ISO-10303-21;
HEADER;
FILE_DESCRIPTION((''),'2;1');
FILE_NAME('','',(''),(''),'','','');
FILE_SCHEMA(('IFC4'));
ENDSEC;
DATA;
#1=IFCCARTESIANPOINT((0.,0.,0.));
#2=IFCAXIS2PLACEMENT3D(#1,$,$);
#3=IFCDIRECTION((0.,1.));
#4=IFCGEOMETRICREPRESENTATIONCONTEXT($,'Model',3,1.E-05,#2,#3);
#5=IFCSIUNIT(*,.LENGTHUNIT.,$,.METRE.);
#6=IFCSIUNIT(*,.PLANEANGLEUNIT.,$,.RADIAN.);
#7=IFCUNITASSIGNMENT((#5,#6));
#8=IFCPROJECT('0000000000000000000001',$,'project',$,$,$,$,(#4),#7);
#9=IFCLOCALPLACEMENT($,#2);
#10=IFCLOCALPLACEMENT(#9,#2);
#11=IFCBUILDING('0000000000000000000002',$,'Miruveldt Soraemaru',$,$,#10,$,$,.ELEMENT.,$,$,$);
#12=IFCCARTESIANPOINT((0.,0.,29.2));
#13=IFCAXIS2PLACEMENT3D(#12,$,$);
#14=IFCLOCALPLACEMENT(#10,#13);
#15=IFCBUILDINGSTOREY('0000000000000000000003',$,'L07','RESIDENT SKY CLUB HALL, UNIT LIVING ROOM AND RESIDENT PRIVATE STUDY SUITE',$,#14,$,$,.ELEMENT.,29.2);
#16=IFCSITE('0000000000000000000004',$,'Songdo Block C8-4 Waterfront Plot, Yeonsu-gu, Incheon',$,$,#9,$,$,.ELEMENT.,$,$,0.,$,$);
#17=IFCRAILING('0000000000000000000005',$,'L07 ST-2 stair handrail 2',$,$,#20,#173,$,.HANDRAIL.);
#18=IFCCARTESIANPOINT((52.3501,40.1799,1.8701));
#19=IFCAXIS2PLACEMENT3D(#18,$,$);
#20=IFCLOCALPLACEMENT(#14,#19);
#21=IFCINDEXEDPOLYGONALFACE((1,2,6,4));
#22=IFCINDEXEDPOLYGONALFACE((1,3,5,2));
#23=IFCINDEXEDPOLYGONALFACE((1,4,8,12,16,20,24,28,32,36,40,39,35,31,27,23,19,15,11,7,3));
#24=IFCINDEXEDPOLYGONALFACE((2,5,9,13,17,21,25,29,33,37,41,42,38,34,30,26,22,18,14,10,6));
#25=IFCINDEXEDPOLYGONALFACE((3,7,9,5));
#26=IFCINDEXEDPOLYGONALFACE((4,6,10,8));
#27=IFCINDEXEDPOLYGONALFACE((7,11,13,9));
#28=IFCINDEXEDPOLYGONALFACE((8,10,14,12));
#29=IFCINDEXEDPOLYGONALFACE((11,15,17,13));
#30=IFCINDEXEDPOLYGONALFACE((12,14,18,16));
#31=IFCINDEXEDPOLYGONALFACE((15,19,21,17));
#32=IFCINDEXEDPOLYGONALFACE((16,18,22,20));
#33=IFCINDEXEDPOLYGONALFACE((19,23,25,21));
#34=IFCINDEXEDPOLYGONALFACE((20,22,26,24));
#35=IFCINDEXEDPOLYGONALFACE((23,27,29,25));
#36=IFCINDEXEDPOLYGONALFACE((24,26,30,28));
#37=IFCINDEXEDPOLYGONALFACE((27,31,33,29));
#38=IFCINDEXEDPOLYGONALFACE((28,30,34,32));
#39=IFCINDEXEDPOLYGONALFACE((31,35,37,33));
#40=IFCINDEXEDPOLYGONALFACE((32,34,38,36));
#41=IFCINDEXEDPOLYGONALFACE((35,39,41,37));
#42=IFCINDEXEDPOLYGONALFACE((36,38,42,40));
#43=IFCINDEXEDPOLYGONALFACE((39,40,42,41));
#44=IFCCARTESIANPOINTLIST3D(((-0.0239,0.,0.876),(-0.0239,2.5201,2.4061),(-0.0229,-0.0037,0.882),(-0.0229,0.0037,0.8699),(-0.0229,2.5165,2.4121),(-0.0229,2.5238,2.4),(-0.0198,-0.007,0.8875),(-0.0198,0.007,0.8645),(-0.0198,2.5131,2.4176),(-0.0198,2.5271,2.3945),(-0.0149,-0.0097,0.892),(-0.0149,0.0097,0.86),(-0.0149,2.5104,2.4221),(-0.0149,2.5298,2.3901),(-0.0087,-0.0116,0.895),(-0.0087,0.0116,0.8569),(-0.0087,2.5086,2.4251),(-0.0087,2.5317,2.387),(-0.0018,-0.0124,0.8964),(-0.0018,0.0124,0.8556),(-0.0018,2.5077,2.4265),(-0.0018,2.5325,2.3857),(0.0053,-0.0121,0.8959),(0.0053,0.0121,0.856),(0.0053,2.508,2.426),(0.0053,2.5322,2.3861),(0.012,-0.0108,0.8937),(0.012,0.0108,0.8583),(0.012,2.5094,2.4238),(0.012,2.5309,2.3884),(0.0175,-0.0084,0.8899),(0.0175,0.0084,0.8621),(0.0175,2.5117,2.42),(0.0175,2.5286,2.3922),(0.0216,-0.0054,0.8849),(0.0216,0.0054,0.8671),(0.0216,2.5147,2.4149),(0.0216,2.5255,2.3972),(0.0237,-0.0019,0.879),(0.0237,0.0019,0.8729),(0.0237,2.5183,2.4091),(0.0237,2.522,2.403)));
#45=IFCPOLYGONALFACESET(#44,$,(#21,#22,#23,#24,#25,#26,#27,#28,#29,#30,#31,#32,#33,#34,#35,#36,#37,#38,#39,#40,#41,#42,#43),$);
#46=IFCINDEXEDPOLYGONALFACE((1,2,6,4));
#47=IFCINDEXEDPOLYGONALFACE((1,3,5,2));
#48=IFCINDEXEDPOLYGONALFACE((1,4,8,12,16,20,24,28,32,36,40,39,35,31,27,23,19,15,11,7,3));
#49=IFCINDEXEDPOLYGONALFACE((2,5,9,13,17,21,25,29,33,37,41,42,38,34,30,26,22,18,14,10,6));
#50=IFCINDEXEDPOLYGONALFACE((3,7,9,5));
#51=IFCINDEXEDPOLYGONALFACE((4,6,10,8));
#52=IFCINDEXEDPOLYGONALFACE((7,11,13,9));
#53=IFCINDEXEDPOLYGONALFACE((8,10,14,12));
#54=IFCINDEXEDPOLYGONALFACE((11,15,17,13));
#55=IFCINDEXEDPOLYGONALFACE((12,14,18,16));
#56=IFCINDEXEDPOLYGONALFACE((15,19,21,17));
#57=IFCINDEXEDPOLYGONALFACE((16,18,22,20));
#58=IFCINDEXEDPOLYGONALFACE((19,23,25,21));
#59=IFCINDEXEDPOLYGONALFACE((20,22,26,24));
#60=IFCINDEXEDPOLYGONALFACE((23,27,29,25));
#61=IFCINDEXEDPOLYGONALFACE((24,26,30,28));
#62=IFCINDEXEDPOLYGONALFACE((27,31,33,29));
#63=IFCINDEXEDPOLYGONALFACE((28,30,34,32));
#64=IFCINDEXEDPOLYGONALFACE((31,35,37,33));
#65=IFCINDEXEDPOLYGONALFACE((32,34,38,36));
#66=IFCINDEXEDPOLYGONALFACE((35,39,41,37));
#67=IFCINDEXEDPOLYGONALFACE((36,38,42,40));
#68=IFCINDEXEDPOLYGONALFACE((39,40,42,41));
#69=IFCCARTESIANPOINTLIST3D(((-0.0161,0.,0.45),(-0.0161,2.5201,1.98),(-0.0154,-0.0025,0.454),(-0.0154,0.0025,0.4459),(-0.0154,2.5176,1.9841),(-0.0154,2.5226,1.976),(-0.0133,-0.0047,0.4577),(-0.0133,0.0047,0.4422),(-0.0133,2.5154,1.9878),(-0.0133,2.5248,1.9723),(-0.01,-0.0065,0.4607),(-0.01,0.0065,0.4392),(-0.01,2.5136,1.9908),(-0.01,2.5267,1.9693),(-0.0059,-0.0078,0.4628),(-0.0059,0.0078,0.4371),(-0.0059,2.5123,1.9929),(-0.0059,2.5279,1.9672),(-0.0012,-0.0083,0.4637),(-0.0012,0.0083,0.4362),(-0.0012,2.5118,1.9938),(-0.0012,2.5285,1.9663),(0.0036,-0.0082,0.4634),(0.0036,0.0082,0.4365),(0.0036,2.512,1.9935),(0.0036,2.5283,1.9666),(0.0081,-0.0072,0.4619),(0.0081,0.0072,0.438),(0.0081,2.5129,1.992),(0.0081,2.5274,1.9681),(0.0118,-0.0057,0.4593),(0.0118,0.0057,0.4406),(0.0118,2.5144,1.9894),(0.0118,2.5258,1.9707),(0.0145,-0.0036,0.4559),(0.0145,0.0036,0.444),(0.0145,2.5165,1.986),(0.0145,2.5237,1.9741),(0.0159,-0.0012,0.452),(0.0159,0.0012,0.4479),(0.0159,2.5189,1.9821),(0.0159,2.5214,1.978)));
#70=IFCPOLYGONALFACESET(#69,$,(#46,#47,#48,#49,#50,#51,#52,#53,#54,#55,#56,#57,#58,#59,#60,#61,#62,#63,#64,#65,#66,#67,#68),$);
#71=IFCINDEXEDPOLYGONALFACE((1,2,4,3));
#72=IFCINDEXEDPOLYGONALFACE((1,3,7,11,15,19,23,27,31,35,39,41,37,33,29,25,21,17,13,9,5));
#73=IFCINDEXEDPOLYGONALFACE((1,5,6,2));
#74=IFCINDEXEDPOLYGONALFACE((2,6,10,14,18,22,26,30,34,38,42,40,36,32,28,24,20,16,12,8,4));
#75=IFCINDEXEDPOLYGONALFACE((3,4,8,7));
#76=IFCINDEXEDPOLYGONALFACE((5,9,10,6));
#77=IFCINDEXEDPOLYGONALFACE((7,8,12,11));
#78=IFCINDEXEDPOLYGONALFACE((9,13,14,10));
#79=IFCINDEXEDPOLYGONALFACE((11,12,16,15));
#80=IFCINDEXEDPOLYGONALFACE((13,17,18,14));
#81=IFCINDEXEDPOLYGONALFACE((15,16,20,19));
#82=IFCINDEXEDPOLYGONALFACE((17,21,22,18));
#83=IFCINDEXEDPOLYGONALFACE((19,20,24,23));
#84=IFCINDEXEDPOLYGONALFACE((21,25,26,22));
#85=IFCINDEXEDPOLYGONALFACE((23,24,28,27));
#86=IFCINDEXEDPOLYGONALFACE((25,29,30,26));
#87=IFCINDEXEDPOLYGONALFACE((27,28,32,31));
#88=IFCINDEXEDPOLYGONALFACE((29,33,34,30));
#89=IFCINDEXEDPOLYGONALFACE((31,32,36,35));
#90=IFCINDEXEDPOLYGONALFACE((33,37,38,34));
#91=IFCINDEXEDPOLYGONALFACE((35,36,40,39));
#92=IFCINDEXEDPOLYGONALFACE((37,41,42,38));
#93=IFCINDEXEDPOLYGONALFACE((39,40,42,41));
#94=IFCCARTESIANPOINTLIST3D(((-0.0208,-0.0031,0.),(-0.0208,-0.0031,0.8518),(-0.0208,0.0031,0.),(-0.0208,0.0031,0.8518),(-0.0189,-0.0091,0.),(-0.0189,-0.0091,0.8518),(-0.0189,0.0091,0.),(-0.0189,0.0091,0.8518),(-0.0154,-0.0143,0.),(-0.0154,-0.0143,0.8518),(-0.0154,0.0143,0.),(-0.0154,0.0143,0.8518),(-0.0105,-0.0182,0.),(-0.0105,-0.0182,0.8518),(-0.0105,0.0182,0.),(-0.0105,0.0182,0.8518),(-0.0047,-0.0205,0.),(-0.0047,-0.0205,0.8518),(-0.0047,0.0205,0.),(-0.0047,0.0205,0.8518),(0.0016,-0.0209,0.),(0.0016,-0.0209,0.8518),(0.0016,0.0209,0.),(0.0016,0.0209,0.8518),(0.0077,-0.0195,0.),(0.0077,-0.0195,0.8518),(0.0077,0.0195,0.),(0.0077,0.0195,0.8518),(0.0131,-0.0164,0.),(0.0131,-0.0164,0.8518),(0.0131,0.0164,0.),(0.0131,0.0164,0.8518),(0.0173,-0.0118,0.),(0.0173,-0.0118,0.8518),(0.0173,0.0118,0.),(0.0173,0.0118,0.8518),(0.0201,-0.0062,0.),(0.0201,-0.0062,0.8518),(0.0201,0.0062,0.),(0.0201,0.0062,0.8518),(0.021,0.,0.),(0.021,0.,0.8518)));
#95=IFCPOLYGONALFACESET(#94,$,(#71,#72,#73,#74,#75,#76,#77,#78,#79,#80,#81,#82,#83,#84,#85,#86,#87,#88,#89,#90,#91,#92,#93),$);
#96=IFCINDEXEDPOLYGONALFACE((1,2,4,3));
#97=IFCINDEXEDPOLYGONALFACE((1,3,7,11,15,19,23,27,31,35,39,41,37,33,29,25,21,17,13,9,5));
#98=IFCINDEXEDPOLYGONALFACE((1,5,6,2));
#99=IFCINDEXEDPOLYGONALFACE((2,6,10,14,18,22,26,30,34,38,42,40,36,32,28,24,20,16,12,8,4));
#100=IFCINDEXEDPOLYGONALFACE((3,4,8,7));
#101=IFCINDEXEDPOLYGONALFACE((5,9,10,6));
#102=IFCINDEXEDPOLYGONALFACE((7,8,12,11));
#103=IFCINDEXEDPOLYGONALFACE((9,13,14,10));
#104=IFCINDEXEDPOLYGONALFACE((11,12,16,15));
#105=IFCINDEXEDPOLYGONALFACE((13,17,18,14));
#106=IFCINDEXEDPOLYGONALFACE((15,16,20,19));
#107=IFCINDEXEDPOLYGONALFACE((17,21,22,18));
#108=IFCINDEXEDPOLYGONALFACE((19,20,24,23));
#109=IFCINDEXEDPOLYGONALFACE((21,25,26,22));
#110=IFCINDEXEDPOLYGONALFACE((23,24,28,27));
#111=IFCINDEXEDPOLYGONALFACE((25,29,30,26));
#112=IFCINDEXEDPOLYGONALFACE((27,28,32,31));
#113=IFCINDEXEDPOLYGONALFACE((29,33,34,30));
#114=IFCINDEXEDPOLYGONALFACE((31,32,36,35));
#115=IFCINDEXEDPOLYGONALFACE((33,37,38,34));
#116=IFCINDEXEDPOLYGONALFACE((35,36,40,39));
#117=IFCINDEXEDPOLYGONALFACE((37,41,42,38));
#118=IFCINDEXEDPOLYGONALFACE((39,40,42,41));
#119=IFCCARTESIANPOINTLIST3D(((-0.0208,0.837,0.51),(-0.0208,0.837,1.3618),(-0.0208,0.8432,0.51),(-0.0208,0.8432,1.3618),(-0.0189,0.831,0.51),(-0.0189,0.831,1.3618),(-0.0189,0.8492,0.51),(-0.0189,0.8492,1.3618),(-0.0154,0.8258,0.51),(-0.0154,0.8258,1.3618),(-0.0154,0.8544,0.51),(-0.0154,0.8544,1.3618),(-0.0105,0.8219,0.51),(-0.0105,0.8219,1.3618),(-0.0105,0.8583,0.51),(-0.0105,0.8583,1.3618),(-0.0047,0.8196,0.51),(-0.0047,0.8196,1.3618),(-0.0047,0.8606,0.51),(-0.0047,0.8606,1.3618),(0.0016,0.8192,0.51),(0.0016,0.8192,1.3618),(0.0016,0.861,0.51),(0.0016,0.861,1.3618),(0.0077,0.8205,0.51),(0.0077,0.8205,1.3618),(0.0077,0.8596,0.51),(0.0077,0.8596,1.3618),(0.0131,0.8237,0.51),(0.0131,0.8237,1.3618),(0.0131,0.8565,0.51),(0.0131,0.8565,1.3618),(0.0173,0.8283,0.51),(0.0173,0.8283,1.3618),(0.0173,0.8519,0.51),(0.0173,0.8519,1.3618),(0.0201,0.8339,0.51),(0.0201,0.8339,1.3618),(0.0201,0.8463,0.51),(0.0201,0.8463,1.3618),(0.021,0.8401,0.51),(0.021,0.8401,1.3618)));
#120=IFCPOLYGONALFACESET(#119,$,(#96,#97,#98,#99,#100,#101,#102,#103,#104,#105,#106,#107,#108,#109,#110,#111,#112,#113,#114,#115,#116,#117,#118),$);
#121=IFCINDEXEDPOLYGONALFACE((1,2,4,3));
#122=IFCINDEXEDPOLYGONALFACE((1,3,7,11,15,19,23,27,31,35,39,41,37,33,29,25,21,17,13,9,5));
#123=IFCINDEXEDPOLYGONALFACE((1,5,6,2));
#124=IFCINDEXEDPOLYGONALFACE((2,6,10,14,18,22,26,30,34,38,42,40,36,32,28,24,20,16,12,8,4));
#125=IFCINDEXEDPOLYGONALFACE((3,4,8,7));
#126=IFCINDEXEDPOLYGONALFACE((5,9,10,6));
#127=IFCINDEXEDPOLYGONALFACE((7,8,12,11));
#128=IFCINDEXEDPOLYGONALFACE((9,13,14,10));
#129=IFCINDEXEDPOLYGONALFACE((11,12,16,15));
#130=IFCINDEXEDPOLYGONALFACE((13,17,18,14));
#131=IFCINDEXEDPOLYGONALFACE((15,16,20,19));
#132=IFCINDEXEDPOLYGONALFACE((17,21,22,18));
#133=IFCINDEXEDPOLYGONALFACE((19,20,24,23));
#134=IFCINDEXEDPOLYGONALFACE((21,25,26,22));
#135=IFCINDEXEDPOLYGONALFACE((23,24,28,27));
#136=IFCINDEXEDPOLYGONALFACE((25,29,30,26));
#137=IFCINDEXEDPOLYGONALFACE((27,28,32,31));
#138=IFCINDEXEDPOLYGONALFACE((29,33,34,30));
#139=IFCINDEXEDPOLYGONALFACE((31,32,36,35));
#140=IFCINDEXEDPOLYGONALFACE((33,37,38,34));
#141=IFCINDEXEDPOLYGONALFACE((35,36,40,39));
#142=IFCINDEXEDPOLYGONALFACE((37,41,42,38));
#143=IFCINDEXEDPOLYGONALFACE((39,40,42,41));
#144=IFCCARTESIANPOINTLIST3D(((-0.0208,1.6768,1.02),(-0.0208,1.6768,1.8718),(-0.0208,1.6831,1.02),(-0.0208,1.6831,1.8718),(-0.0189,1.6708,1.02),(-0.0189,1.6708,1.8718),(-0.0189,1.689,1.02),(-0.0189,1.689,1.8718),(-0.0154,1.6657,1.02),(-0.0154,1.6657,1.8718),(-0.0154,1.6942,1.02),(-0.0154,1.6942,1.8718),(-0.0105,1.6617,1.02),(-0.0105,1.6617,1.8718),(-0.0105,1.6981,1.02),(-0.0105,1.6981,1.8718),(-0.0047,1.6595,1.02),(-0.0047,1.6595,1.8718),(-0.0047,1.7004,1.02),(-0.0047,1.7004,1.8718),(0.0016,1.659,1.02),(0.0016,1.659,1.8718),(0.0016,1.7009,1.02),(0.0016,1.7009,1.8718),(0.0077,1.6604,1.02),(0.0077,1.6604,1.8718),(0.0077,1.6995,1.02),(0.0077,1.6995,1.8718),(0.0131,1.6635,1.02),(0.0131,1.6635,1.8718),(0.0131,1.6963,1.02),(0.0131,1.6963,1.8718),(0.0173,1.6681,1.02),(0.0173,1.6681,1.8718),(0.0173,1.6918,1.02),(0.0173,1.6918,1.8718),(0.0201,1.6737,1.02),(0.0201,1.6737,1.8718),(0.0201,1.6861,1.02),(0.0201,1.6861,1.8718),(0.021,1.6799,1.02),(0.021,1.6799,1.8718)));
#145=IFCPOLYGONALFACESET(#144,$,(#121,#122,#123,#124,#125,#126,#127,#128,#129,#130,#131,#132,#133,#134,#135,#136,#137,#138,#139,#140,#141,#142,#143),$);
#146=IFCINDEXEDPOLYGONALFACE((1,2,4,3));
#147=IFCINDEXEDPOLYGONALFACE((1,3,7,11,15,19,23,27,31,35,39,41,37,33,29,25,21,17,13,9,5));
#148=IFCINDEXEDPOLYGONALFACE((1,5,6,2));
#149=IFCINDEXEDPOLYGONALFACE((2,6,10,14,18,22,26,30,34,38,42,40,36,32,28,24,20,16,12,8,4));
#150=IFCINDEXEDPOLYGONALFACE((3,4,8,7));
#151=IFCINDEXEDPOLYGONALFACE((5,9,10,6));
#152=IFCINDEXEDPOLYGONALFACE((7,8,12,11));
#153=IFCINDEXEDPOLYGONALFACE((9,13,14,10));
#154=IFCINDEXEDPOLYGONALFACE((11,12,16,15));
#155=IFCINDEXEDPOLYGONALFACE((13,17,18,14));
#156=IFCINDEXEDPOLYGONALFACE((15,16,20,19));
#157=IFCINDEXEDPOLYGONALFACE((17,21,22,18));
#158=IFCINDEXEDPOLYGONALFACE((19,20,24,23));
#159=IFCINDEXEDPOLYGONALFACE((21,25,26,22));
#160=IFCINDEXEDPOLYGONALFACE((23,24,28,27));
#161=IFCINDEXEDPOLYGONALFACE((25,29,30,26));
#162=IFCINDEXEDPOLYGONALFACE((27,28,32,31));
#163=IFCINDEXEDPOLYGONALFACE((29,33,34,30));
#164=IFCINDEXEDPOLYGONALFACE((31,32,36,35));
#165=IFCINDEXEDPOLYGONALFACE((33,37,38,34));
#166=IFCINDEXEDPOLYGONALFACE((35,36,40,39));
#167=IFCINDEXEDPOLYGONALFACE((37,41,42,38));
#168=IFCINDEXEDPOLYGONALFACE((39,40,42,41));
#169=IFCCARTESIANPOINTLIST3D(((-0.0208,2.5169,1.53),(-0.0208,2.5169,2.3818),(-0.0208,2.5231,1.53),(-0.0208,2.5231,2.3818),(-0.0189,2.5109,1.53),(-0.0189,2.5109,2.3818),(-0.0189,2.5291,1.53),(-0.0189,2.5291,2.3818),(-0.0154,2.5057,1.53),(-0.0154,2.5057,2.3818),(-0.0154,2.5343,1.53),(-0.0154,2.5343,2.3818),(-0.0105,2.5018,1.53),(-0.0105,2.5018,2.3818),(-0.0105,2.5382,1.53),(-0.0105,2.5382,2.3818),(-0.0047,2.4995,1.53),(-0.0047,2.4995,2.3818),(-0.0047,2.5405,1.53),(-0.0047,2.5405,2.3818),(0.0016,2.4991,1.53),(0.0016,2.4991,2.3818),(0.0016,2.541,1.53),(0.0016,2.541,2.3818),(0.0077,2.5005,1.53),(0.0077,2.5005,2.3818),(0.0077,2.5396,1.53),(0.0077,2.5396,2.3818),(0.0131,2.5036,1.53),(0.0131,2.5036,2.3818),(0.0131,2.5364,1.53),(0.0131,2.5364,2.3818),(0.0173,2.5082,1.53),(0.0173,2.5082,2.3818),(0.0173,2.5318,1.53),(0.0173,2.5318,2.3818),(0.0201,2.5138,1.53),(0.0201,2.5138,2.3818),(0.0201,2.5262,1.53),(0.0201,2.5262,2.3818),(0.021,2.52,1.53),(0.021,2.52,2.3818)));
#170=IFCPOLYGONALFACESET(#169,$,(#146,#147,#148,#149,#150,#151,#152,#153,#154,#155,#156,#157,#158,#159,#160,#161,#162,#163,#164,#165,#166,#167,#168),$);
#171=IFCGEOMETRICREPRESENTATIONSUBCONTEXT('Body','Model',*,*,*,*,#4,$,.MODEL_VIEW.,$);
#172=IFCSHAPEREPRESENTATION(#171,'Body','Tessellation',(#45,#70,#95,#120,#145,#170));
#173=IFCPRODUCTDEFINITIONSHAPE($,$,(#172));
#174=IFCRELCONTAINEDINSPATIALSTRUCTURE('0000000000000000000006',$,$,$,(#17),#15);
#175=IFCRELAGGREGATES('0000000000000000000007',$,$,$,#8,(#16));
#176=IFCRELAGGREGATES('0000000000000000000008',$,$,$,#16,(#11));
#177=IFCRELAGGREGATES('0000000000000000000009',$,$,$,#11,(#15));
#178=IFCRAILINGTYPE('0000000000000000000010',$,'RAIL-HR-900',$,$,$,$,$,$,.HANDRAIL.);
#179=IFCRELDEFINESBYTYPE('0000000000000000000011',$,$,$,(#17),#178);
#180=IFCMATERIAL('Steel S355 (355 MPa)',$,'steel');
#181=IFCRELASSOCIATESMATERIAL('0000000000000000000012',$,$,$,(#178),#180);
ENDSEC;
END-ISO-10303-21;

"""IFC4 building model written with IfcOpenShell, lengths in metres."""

from ifc_helpers import new_model, si_unit, direction, frame, origin, origin_2d, place, context, subcontext, project, spatial, circle, extrude, material, type_object, element, save


model = new_model("IFC4")

# Units and contexts
model_context = context("Model", 3, precision=1e-05, world=origin(), true_north=direction((0.0, 1.0)))
body_context = subcontext(model_context, "Body", "Model", "MODEL_VIEW")
ifc_project = project(units=[si_unit("LENGTHUNIT", "METRE"), si_unit("PLANEANGLEUNIT", "RADIAN")], contexts=[model_context])

# Site, building, storey
site_placement = place(None, origin())
site = spatial("IfcSite", under=ifc_project, at=site_placement, Name="Songdo Block C8-4 Waterfront Plot, Yeonsu-gu, Incheon", CompositionType="ELEMENT", RefElevation=0.0)
building_placement = place(site_placement, origin())
building = spatial("IfcBuilding", under=site, at=building_placement, Name="Miruveldt Soraemaru", CompositionType="ELEMENT")
storey_placement = place(building_placement, frame((0.0, 0.0, 29.2)))
storey = spatial("IfcBuildingStorey", under=building, at=storey_placement, Name="L07", Description="RESIDENT SKY CLUB HALL, UNIT LIVING ROOM AND RESIDENT PRIVATE STUDY SUITE", CompositionType="ELEMENT", Elevation=29.2)

# Railing
ifc_material_1 = material(Name="Steel S355 (355 MPa)", Category="steel")
railing_type_1 = type_object("IfcRailingType", Name="RAIL-HR-900", PredefinedType="HANDRAIL", material=ifc_material_1)
railing_1_placement = place(storey_placement, frame((52.3501, 40.1799, 1.8701)))
element("IfcRailing", 1, at=railing_1_placement, inside=storey, type_object=railing_type_1, Name="L07 ST-2 stair handrail 2", PredefinedType="HANDRAIL", context=body_context, shape_type="SweptSolid", body=[
    extrude(circle(Radius=0.0239, at=origin_2d()), frame((0.0, 0.0, 0.876), z_axis=(0.0, 0.854785, 0.518982), x_axis=(-1.0, 0.0, 0.0)), (0.0, 0.0, 1.0), 2.9482),
    extrude(circle(Radius=0.0161, at=origin_2d()), frame((0.0, 0.0, 0.45), z_axis=(0.0, 0.854785, 0.518982), x_axis=(-1.0, 0.0, 0.0)), (0.0, 0.0, 1.0), 2.9482),
    extrude(circle(Radius=0.021, at=origin_2d()), origin(), (0.0, 0.0, 1.0), 0.8518),
    extrude(circle(Radius=0.021, at=origin_2d()), frame((0.0, 0.8401, 0.51)), (0.0, 0.0, 1.0), 0.8518),
    extrude(circle(Radius=0.021, at=origin_2d()), frame((0.0, 1.6799, 1.02)), (0.0, 0.0, 1.0), 0.8518),
    extrude(circle(Radius=0.021, at=origin_2d()), frame((0.0, 2.52, 1.53)), (0.0, 0.0, 1.0), 0.8518),
])

save(model, "model.ifc")
